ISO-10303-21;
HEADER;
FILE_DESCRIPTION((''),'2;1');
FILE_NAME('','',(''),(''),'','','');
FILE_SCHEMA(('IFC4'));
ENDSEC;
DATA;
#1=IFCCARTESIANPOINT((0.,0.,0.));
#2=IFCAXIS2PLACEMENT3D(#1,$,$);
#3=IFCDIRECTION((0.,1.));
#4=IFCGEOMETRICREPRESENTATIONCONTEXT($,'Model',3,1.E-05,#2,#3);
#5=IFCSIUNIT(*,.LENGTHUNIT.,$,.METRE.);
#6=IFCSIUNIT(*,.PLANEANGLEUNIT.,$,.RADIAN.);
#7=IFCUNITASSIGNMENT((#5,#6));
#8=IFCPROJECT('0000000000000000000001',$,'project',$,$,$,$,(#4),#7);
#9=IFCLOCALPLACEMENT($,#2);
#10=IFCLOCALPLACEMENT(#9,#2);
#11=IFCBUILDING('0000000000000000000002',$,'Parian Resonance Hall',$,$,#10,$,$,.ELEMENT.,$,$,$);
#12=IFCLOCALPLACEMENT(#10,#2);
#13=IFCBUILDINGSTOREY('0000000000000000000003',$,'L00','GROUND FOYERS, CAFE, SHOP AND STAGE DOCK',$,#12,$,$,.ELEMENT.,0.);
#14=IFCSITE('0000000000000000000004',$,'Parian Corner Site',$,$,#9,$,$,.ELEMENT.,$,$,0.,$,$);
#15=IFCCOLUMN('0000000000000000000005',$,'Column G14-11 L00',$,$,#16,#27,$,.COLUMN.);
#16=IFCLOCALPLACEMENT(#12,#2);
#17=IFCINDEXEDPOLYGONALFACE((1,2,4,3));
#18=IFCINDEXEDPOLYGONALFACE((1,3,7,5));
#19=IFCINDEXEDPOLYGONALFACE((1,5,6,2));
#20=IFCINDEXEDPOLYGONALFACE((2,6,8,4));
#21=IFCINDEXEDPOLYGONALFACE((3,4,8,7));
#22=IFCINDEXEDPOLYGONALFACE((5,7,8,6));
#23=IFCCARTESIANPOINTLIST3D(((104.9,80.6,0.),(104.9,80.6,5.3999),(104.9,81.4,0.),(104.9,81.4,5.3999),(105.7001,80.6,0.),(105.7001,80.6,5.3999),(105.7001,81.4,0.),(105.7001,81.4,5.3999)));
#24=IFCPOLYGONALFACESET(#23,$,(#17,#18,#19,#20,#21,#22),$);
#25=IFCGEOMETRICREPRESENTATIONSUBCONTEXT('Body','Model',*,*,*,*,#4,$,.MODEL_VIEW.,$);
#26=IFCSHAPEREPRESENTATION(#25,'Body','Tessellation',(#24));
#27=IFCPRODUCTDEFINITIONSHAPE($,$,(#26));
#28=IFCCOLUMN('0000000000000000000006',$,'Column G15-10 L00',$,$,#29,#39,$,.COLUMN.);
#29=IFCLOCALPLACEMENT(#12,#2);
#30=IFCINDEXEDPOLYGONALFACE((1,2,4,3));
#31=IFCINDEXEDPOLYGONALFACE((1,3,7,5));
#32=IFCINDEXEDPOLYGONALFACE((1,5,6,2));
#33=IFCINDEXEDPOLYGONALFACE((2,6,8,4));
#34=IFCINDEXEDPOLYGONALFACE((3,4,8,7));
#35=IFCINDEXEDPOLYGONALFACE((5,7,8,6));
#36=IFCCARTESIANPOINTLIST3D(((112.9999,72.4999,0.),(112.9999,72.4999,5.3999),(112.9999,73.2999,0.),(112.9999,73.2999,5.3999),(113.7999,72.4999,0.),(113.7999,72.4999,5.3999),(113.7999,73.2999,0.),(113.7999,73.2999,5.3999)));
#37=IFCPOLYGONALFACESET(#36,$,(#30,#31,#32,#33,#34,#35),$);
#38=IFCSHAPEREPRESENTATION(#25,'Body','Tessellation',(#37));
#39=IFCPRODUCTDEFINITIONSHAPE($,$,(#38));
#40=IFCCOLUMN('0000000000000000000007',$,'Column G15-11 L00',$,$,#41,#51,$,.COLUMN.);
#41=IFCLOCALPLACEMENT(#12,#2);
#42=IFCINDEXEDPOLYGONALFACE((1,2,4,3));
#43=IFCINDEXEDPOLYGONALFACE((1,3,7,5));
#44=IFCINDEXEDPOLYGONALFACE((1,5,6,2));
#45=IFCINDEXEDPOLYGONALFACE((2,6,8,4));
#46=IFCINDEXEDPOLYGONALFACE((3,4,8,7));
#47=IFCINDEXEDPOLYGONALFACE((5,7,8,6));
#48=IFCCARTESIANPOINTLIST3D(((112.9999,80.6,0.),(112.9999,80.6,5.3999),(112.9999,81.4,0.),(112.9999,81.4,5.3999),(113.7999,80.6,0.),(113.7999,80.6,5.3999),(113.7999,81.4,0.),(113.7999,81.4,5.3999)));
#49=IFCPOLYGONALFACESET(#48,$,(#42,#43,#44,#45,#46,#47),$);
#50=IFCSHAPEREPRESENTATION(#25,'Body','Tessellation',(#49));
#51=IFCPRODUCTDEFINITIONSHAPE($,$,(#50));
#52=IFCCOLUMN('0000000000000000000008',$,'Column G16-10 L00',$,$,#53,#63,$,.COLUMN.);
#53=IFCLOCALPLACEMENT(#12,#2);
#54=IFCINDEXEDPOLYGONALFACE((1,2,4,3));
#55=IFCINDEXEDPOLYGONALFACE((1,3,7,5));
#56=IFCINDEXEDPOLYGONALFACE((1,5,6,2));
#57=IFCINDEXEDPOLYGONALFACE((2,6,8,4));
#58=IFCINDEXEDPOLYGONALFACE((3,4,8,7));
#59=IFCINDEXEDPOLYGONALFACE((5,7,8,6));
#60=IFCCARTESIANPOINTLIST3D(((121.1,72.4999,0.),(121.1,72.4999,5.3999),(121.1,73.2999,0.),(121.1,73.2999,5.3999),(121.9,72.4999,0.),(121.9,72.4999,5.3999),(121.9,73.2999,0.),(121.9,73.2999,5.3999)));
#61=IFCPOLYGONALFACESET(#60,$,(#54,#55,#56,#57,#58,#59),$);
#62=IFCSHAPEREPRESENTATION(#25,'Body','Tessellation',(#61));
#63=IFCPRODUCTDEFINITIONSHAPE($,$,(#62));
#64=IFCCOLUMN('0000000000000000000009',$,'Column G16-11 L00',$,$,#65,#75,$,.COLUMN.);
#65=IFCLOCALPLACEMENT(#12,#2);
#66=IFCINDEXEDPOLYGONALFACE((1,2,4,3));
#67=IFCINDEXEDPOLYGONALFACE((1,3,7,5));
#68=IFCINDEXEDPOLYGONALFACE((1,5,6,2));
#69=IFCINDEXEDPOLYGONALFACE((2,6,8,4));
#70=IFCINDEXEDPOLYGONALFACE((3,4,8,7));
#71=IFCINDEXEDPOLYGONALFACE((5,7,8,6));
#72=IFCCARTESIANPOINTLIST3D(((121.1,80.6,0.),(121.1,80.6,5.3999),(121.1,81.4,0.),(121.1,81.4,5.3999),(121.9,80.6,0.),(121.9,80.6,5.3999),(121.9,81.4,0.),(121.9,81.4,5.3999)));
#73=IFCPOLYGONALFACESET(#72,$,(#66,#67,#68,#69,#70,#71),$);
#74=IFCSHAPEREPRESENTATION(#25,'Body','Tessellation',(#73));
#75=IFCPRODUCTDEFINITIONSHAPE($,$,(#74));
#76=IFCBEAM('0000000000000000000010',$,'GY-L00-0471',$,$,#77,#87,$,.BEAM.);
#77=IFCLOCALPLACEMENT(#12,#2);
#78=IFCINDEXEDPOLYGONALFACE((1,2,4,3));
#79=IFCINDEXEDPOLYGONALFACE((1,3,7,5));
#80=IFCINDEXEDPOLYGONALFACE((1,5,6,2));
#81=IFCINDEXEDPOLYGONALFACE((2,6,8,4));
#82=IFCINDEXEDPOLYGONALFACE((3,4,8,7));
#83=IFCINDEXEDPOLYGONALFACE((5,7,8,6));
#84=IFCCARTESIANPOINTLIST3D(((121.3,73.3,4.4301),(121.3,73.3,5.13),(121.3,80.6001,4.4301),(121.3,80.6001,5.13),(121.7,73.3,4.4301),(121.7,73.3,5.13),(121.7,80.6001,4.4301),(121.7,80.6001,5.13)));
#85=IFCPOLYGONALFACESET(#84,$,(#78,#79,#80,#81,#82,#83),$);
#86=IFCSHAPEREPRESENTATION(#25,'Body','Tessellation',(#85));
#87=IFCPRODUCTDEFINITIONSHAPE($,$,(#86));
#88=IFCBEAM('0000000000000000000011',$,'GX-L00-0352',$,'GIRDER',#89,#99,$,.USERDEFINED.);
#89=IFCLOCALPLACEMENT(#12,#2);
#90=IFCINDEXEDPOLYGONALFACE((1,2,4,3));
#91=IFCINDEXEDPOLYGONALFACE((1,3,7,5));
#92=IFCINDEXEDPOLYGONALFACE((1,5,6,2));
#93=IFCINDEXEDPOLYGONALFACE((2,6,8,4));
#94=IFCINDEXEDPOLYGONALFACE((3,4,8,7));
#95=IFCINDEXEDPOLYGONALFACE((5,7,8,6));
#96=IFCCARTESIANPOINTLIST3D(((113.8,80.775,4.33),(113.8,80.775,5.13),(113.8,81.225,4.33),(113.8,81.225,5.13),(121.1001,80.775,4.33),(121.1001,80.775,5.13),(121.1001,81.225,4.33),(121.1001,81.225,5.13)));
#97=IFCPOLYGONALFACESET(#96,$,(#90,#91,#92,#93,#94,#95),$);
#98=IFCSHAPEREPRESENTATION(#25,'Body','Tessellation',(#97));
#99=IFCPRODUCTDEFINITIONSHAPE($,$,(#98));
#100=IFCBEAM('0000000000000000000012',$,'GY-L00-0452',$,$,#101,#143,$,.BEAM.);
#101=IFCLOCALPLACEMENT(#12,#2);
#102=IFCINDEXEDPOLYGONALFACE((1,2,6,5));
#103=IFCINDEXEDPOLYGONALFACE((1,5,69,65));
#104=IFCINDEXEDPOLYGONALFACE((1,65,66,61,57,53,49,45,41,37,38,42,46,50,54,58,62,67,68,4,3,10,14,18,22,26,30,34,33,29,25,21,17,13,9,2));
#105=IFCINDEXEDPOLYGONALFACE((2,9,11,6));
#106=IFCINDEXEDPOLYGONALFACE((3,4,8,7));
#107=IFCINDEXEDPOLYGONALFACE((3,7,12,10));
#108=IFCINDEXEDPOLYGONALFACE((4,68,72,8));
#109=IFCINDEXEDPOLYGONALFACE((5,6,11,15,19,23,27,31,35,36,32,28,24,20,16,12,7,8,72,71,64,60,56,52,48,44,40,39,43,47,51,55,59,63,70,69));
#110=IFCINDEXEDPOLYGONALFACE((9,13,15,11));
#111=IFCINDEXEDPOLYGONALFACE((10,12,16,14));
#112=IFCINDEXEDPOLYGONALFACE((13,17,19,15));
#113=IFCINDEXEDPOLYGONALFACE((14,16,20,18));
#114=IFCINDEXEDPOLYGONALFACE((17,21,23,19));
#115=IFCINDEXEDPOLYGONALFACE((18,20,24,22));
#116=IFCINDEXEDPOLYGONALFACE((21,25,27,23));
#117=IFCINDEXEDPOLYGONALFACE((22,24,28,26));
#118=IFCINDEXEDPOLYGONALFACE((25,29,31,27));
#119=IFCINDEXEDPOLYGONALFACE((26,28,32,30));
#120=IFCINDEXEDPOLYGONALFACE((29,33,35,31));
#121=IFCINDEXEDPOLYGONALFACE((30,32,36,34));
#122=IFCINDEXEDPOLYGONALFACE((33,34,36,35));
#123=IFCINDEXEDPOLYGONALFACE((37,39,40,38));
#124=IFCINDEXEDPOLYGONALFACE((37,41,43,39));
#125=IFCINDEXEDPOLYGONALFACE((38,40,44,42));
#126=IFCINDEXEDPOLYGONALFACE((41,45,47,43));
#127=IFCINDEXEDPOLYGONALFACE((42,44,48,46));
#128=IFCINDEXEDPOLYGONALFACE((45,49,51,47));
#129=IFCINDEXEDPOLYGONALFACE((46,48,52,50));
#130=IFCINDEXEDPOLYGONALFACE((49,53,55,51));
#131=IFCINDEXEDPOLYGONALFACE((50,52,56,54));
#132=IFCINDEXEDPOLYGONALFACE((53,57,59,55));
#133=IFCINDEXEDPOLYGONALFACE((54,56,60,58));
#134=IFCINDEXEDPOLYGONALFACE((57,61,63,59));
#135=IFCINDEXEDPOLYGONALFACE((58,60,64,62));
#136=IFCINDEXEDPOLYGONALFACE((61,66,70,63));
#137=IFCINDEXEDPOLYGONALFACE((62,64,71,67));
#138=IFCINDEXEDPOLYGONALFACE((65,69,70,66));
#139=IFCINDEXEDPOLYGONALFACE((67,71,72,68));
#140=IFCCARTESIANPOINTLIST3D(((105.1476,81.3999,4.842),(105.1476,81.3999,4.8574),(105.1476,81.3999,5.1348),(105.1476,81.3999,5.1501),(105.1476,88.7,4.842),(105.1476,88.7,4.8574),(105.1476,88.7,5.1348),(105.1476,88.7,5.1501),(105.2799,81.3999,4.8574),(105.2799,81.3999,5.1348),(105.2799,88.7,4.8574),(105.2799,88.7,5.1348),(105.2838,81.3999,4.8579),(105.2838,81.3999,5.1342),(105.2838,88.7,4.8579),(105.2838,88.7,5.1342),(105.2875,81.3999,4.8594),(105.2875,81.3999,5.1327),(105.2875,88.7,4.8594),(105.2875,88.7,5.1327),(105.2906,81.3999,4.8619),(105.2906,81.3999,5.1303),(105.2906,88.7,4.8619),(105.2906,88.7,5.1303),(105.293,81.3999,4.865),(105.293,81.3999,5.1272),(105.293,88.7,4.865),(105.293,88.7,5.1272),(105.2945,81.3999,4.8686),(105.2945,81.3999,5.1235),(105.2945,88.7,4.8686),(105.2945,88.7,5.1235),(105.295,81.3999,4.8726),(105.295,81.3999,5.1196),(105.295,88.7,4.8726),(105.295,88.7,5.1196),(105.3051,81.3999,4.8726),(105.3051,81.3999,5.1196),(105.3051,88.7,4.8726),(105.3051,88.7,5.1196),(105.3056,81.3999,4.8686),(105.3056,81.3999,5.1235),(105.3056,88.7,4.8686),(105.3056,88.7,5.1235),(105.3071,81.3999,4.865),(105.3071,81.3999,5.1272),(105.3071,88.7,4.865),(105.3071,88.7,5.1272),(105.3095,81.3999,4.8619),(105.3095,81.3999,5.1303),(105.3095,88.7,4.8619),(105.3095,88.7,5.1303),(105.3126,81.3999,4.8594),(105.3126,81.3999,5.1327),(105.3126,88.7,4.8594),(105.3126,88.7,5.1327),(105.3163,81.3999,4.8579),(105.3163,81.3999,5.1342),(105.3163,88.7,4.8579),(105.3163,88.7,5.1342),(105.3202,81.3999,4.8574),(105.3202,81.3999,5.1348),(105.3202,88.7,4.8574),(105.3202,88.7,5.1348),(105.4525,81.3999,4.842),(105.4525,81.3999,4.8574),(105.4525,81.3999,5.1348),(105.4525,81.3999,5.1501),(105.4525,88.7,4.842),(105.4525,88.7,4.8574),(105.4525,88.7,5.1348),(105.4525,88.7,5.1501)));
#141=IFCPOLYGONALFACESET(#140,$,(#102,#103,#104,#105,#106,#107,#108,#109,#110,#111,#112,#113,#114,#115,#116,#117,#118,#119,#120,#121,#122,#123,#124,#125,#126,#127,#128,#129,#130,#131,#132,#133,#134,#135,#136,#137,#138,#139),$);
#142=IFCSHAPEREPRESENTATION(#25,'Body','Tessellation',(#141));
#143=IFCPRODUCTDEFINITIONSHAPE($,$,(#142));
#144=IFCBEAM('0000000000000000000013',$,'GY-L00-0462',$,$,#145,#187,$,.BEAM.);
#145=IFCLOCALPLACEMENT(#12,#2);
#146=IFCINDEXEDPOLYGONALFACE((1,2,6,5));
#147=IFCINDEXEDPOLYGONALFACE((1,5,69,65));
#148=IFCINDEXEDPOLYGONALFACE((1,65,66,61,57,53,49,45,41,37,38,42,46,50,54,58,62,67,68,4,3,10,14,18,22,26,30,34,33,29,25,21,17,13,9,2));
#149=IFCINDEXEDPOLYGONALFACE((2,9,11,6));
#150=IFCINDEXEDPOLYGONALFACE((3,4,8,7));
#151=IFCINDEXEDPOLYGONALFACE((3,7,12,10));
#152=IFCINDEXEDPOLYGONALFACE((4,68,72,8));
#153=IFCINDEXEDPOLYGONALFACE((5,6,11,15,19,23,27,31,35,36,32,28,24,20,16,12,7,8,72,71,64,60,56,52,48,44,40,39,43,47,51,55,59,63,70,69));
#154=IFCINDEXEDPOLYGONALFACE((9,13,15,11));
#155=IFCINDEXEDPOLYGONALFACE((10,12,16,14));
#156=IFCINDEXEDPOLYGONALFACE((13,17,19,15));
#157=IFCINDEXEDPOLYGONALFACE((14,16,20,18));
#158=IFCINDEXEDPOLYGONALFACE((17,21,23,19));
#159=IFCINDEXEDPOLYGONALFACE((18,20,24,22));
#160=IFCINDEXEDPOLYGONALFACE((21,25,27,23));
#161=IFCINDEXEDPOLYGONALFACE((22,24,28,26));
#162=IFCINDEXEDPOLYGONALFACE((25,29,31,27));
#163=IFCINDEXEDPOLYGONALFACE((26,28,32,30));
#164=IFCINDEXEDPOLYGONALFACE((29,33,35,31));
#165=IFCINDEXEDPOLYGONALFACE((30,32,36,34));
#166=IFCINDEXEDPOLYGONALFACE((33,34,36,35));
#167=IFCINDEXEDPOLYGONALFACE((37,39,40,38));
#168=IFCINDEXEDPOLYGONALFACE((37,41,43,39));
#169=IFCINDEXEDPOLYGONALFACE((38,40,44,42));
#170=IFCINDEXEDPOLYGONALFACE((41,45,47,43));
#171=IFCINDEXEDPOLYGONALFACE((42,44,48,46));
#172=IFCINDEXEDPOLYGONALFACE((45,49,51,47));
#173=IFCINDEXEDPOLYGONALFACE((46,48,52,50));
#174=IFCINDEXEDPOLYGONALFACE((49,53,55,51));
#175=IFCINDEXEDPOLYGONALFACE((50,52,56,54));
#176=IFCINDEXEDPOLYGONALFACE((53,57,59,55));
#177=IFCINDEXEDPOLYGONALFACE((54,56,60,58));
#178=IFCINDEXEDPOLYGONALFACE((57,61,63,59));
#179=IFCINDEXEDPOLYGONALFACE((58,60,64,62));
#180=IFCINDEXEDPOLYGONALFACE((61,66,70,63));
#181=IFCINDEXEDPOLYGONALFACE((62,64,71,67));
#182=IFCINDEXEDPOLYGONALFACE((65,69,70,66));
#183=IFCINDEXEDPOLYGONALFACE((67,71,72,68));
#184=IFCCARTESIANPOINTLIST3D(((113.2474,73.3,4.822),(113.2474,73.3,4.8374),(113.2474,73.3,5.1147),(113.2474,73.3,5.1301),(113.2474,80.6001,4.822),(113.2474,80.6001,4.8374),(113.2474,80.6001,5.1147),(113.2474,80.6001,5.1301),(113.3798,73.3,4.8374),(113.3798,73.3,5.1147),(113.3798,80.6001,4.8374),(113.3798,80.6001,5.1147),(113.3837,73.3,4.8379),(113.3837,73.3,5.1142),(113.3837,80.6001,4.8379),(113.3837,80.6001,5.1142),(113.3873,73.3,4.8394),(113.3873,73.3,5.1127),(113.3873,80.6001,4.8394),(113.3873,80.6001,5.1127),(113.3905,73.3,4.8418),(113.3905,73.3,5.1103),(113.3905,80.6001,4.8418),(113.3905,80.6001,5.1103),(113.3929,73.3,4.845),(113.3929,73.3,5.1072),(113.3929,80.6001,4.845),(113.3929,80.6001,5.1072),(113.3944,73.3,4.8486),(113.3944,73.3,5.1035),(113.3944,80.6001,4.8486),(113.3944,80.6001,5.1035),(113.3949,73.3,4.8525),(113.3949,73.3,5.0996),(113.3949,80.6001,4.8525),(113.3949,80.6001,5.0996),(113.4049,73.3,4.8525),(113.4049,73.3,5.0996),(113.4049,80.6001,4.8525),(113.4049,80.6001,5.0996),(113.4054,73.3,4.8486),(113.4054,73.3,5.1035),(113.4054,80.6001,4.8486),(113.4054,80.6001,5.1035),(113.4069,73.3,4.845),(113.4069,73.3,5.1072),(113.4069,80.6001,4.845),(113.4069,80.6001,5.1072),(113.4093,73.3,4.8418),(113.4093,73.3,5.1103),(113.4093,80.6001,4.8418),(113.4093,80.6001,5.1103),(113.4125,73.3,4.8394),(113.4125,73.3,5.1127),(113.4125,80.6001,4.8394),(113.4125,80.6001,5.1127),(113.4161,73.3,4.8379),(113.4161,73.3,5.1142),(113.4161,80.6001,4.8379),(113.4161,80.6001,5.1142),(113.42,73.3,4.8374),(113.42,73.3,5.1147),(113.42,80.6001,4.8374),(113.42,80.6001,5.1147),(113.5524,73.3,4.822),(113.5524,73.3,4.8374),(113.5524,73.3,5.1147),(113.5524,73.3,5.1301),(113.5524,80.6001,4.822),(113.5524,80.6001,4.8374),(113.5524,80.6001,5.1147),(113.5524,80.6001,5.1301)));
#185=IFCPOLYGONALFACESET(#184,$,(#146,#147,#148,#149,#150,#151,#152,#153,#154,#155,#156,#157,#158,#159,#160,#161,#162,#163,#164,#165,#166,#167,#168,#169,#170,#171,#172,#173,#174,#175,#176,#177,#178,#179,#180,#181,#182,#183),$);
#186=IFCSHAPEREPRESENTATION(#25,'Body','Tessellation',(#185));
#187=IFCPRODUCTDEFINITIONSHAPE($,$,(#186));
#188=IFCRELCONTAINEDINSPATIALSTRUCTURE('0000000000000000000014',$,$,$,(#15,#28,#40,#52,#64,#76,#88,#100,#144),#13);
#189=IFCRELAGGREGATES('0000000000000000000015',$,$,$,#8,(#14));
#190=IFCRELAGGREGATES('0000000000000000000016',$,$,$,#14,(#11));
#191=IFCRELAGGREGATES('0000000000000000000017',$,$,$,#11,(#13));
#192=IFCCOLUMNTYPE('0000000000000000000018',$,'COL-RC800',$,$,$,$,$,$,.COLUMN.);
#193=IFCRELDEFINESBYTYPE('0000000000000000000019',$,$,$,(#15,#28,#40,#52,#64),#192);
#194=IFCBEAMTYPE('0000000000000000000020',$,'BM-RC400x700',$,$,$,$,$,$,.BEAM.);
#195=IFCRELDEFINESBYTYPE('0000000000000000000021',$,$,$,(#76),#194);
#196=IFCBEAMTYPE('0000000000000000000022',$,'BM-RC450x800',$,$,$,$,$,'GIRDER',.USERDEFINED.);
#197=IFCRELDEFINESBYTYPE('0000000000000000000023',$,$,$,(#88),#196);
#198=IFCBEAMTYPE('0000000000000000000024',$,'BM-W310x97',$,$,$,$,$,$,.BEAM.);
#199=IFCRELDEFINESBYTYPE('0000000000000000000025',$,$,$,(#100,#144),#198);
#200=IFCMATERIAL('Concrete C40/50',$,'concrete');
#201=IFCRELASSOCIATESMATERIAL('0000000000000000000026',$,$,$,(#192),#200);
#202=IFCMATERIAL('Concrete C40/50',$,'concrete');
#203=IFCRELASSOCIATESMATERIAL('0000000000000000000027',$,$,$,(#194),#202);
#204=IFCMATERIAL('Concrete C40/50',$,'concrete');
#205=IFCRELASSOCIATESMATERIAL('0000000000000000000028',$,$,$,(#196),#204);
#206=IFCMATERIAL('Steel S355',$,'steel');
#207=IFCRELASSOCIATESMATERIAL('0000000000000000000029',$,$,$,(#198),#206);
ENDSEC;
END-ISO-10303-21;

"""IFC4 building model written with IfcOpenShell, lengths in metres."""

from ifc_helpers import new_model, si_unit, direction, frame, origin, origin_2d, place, context, subcontext, project, spatial, rectangle, i_section, extrude, material, material_profile, profile_set, type_object, element, save


model = new_model("IFC4")

# Units and contexts
model_context = context("Model", 3, precision=1e-05, world=origin(), true_north=direction((0.0, 1.0)))
body_context = subcontext(model_context, "Body", "Model", "MODEL_VIEW")
ifc_project = project(units=[si_unit("LENGTHUNIT", "METRE"), si_unit("PLANEANGLEUNIT", "RADIAN")], contexts=[model_context])

# Site, building, storey
site_placement = place(None, origin())
site = spatial("IfcSite", under=ifc_project, at=site_placement, Name="Parian Corner Site", CompositionType="ELEMENT", RefElevation=0.0)
building_placement = place(site_placement, origin())
building = spatial("IfcBuilding", under=site, at=building_placement, Name="Parian Resonance Hall", CompositionType="ELEMENT")
storey_placement = place(building_placement, origin())
storey = spatial("IfcBuildingStorey", under=building, at=storey_placement, Name="L00", Description="GROUND FOYERS, CAFE, SHOP AND STAGE DOCK", CompositionType="ELEMENT", Elevation=0.0)

# Columns
ifc_material_1 = material(Name="Concrete C40/50", Category="concrete")
ifc_material_profile_1 = material_profile(ifc_material_1, rectangle(XDim=0.8, YDim=0.8, at=origin_2d()), Name="RC-COL-800x800")
ifc_profile_set_1 = profile_set([ifc_material_profile_1], Name="Concrete C40/50")
column_type = type_object("IfcColumnType", Name="COL-RC800", PredefinedType="COLUMN", material=ifc_profile_set_1)
for number, where, z_axis, x_axis, name in (
    (1, (105.3, 81.0, 0.0), (0.0, 0.0, 1.0), (1.0, 0.0, 0.0), "Column G14-11 L00"),
    (2, (113.3999, 72.8999, 0.0), (0.0, 0.0, 1.0), (1.0, 0.0, 0.0), "Column G15-10 L00"),
    (3, (113.3999, 81.0, 0.0), (0.0, 0.0, 1.0), (1.0, 0.0, 0.0), "Column G15-11 L00"),
    (4, (121.5, 72.8999, 0.0), (0.0, 0.0, 1.0), (1.0, 0.0, 0.0), "Column G16-10 L00"),
    (5, (121.5, 81.0, 0.0), (0.0, 0.0, 1.0), (1.0, 0.0, 0.0), "Column G16-11 L00"),
):
    element("IfcColumn", number, at=place(storey_placement, frame(where, z_axis=z_axis, x_axis=x_axis)), inside=storey, type_object=column_type, Name=name, PredefinedType="COLUMN", context=body_context, shape_type="SweptSolid", body=[
        extrude(rectangle(XDim=0.8, YDim=0.8, at=origin_2d()), origin(), (0.0, 0.0, 1.0), 5.3999),
    ])

# Beams
ifc_material_2 = material(Name="Concrete C40/50", Category="concrete")
ifc_material_profile_2 = material_profile(ifc_material_2, rectangle(XDim=0.3999, YDim=0.7, at=origin_2d()), Name="RC-BM-400x700")
ifc_profile_set_2 = profile_set([ifc_material_profile_2], Name="Concrete C40/50")
beam_type_1 = type_object("IfcBeamType", Name="BM-RC400x700", PredefinedType="BEAM", material=ifc_profile_set_2)
beam_1_placement = place(storey_placement, frame((121.5, 73.3, 4.78), z_axis=(0.0, 1.0, 0.0), x_axis=(-1.0, 0.0, 0.0)))
element("IfcBeam", 6, at=beam_1_placement, inside=storey, type_object=beam_type_1, Name="GY-L00-0471", PredefinedType="BEAM", context=body_context, shape_type="SweptSolid", body=[
    extrude(rectangle(XDim=0.3999, YDim=0.7, at=origin_2d()), origin(), (0.0, 0.0, 1.0), 7.3),
])
ifc_material_3 = material(Name="Concrete C40/50", Category="concrete")
ifc_material_profile_3 = material_profile(ifc_material_3, rectangle(XDim=0.45, YDim=0.8, at=origin_2d()), Name="RC-BM-450x800")
ifc_profile_set_3 = profile_set([ifc_material_profile_3], Name="Concrete C40/50")
beam_type_2 = type_object("IfcBeamType", Name="BM-RC450x800", ElementType="GIRDER", PredefinedType="USERDEFINED", material=ifc_profile_set_3)
beam_2_placement = place(storey_placement, frame((113.8, 81.0, 4.73), z_axis=(1.0, 0.0, 0.0), x_axis=(0.0, 1.0, 0.0)))
element("IfcBeam", 7, at=beam_2_placement, inside=storey, type_object=beam_type_2, Name="GX-L00-0352", ObjectType="GIRDER", PredefinedType="USERDEFINED", context=body_context, shape_type="SweptSolid", body=[
    extrude(rectangle(XDim=0.45, YDim=0.8, at=origin_2d()), origin(), (0.0, 0.0, 1.0), 7.3),
])
ifc_material_4 = material(Name="Steel S355", Category="steel")
ifc_material_profile_4 = material_profile(ifc_material_4, i_section(OverallWidth=0.3049, OverallDepth=0.3081, WebThickness=0.01, FlangeThickness=0.0154, FilletRadius=0.0151, at=origin_2d()), Name="W310x97")
ifc_profile_set_4 = profile_set([ifc_material_profile_4], Name="Steel S355")
beam_type_3 = type_object("IfcBeamType", Name="BM-W310x97", PredefinedType="BEAM", material=ifc_profile_set_4)
for number, where, z_axis, x_axis, name in (
    (8, (105.3, 81.3999, 4.9961), (0.0, 1.0, 0.0), (-1.0, 0.0, 0.0), "GY-L00-0452"),
    (9, (113.3999, 73.3, 4.9761), (0.0, 1.0, 0.0), (-1.0, 0.0, 0.0), "GY-L00-0462"),
):
    element("IfcBeam", number, at=place(storey_placement, frame(where, z_axis=z_axis, x_axis=x_axis)), inside=storey, type_object=beam_type_3, Name=name, PredefinedType="BEAM", context=body_context, shape_type="SweptSolid", body=[
        extrude(i_section(OverallWidth=0.3049, OverallDepth=0.3081, WebThickness=0.01, FlangeThickness=0.0154, FilletRadius=0.0151, at=origin_2d()), origin(), (0.0, 0.0, 1.0), 7.3),
    ])

save(model, "model.ifc")
